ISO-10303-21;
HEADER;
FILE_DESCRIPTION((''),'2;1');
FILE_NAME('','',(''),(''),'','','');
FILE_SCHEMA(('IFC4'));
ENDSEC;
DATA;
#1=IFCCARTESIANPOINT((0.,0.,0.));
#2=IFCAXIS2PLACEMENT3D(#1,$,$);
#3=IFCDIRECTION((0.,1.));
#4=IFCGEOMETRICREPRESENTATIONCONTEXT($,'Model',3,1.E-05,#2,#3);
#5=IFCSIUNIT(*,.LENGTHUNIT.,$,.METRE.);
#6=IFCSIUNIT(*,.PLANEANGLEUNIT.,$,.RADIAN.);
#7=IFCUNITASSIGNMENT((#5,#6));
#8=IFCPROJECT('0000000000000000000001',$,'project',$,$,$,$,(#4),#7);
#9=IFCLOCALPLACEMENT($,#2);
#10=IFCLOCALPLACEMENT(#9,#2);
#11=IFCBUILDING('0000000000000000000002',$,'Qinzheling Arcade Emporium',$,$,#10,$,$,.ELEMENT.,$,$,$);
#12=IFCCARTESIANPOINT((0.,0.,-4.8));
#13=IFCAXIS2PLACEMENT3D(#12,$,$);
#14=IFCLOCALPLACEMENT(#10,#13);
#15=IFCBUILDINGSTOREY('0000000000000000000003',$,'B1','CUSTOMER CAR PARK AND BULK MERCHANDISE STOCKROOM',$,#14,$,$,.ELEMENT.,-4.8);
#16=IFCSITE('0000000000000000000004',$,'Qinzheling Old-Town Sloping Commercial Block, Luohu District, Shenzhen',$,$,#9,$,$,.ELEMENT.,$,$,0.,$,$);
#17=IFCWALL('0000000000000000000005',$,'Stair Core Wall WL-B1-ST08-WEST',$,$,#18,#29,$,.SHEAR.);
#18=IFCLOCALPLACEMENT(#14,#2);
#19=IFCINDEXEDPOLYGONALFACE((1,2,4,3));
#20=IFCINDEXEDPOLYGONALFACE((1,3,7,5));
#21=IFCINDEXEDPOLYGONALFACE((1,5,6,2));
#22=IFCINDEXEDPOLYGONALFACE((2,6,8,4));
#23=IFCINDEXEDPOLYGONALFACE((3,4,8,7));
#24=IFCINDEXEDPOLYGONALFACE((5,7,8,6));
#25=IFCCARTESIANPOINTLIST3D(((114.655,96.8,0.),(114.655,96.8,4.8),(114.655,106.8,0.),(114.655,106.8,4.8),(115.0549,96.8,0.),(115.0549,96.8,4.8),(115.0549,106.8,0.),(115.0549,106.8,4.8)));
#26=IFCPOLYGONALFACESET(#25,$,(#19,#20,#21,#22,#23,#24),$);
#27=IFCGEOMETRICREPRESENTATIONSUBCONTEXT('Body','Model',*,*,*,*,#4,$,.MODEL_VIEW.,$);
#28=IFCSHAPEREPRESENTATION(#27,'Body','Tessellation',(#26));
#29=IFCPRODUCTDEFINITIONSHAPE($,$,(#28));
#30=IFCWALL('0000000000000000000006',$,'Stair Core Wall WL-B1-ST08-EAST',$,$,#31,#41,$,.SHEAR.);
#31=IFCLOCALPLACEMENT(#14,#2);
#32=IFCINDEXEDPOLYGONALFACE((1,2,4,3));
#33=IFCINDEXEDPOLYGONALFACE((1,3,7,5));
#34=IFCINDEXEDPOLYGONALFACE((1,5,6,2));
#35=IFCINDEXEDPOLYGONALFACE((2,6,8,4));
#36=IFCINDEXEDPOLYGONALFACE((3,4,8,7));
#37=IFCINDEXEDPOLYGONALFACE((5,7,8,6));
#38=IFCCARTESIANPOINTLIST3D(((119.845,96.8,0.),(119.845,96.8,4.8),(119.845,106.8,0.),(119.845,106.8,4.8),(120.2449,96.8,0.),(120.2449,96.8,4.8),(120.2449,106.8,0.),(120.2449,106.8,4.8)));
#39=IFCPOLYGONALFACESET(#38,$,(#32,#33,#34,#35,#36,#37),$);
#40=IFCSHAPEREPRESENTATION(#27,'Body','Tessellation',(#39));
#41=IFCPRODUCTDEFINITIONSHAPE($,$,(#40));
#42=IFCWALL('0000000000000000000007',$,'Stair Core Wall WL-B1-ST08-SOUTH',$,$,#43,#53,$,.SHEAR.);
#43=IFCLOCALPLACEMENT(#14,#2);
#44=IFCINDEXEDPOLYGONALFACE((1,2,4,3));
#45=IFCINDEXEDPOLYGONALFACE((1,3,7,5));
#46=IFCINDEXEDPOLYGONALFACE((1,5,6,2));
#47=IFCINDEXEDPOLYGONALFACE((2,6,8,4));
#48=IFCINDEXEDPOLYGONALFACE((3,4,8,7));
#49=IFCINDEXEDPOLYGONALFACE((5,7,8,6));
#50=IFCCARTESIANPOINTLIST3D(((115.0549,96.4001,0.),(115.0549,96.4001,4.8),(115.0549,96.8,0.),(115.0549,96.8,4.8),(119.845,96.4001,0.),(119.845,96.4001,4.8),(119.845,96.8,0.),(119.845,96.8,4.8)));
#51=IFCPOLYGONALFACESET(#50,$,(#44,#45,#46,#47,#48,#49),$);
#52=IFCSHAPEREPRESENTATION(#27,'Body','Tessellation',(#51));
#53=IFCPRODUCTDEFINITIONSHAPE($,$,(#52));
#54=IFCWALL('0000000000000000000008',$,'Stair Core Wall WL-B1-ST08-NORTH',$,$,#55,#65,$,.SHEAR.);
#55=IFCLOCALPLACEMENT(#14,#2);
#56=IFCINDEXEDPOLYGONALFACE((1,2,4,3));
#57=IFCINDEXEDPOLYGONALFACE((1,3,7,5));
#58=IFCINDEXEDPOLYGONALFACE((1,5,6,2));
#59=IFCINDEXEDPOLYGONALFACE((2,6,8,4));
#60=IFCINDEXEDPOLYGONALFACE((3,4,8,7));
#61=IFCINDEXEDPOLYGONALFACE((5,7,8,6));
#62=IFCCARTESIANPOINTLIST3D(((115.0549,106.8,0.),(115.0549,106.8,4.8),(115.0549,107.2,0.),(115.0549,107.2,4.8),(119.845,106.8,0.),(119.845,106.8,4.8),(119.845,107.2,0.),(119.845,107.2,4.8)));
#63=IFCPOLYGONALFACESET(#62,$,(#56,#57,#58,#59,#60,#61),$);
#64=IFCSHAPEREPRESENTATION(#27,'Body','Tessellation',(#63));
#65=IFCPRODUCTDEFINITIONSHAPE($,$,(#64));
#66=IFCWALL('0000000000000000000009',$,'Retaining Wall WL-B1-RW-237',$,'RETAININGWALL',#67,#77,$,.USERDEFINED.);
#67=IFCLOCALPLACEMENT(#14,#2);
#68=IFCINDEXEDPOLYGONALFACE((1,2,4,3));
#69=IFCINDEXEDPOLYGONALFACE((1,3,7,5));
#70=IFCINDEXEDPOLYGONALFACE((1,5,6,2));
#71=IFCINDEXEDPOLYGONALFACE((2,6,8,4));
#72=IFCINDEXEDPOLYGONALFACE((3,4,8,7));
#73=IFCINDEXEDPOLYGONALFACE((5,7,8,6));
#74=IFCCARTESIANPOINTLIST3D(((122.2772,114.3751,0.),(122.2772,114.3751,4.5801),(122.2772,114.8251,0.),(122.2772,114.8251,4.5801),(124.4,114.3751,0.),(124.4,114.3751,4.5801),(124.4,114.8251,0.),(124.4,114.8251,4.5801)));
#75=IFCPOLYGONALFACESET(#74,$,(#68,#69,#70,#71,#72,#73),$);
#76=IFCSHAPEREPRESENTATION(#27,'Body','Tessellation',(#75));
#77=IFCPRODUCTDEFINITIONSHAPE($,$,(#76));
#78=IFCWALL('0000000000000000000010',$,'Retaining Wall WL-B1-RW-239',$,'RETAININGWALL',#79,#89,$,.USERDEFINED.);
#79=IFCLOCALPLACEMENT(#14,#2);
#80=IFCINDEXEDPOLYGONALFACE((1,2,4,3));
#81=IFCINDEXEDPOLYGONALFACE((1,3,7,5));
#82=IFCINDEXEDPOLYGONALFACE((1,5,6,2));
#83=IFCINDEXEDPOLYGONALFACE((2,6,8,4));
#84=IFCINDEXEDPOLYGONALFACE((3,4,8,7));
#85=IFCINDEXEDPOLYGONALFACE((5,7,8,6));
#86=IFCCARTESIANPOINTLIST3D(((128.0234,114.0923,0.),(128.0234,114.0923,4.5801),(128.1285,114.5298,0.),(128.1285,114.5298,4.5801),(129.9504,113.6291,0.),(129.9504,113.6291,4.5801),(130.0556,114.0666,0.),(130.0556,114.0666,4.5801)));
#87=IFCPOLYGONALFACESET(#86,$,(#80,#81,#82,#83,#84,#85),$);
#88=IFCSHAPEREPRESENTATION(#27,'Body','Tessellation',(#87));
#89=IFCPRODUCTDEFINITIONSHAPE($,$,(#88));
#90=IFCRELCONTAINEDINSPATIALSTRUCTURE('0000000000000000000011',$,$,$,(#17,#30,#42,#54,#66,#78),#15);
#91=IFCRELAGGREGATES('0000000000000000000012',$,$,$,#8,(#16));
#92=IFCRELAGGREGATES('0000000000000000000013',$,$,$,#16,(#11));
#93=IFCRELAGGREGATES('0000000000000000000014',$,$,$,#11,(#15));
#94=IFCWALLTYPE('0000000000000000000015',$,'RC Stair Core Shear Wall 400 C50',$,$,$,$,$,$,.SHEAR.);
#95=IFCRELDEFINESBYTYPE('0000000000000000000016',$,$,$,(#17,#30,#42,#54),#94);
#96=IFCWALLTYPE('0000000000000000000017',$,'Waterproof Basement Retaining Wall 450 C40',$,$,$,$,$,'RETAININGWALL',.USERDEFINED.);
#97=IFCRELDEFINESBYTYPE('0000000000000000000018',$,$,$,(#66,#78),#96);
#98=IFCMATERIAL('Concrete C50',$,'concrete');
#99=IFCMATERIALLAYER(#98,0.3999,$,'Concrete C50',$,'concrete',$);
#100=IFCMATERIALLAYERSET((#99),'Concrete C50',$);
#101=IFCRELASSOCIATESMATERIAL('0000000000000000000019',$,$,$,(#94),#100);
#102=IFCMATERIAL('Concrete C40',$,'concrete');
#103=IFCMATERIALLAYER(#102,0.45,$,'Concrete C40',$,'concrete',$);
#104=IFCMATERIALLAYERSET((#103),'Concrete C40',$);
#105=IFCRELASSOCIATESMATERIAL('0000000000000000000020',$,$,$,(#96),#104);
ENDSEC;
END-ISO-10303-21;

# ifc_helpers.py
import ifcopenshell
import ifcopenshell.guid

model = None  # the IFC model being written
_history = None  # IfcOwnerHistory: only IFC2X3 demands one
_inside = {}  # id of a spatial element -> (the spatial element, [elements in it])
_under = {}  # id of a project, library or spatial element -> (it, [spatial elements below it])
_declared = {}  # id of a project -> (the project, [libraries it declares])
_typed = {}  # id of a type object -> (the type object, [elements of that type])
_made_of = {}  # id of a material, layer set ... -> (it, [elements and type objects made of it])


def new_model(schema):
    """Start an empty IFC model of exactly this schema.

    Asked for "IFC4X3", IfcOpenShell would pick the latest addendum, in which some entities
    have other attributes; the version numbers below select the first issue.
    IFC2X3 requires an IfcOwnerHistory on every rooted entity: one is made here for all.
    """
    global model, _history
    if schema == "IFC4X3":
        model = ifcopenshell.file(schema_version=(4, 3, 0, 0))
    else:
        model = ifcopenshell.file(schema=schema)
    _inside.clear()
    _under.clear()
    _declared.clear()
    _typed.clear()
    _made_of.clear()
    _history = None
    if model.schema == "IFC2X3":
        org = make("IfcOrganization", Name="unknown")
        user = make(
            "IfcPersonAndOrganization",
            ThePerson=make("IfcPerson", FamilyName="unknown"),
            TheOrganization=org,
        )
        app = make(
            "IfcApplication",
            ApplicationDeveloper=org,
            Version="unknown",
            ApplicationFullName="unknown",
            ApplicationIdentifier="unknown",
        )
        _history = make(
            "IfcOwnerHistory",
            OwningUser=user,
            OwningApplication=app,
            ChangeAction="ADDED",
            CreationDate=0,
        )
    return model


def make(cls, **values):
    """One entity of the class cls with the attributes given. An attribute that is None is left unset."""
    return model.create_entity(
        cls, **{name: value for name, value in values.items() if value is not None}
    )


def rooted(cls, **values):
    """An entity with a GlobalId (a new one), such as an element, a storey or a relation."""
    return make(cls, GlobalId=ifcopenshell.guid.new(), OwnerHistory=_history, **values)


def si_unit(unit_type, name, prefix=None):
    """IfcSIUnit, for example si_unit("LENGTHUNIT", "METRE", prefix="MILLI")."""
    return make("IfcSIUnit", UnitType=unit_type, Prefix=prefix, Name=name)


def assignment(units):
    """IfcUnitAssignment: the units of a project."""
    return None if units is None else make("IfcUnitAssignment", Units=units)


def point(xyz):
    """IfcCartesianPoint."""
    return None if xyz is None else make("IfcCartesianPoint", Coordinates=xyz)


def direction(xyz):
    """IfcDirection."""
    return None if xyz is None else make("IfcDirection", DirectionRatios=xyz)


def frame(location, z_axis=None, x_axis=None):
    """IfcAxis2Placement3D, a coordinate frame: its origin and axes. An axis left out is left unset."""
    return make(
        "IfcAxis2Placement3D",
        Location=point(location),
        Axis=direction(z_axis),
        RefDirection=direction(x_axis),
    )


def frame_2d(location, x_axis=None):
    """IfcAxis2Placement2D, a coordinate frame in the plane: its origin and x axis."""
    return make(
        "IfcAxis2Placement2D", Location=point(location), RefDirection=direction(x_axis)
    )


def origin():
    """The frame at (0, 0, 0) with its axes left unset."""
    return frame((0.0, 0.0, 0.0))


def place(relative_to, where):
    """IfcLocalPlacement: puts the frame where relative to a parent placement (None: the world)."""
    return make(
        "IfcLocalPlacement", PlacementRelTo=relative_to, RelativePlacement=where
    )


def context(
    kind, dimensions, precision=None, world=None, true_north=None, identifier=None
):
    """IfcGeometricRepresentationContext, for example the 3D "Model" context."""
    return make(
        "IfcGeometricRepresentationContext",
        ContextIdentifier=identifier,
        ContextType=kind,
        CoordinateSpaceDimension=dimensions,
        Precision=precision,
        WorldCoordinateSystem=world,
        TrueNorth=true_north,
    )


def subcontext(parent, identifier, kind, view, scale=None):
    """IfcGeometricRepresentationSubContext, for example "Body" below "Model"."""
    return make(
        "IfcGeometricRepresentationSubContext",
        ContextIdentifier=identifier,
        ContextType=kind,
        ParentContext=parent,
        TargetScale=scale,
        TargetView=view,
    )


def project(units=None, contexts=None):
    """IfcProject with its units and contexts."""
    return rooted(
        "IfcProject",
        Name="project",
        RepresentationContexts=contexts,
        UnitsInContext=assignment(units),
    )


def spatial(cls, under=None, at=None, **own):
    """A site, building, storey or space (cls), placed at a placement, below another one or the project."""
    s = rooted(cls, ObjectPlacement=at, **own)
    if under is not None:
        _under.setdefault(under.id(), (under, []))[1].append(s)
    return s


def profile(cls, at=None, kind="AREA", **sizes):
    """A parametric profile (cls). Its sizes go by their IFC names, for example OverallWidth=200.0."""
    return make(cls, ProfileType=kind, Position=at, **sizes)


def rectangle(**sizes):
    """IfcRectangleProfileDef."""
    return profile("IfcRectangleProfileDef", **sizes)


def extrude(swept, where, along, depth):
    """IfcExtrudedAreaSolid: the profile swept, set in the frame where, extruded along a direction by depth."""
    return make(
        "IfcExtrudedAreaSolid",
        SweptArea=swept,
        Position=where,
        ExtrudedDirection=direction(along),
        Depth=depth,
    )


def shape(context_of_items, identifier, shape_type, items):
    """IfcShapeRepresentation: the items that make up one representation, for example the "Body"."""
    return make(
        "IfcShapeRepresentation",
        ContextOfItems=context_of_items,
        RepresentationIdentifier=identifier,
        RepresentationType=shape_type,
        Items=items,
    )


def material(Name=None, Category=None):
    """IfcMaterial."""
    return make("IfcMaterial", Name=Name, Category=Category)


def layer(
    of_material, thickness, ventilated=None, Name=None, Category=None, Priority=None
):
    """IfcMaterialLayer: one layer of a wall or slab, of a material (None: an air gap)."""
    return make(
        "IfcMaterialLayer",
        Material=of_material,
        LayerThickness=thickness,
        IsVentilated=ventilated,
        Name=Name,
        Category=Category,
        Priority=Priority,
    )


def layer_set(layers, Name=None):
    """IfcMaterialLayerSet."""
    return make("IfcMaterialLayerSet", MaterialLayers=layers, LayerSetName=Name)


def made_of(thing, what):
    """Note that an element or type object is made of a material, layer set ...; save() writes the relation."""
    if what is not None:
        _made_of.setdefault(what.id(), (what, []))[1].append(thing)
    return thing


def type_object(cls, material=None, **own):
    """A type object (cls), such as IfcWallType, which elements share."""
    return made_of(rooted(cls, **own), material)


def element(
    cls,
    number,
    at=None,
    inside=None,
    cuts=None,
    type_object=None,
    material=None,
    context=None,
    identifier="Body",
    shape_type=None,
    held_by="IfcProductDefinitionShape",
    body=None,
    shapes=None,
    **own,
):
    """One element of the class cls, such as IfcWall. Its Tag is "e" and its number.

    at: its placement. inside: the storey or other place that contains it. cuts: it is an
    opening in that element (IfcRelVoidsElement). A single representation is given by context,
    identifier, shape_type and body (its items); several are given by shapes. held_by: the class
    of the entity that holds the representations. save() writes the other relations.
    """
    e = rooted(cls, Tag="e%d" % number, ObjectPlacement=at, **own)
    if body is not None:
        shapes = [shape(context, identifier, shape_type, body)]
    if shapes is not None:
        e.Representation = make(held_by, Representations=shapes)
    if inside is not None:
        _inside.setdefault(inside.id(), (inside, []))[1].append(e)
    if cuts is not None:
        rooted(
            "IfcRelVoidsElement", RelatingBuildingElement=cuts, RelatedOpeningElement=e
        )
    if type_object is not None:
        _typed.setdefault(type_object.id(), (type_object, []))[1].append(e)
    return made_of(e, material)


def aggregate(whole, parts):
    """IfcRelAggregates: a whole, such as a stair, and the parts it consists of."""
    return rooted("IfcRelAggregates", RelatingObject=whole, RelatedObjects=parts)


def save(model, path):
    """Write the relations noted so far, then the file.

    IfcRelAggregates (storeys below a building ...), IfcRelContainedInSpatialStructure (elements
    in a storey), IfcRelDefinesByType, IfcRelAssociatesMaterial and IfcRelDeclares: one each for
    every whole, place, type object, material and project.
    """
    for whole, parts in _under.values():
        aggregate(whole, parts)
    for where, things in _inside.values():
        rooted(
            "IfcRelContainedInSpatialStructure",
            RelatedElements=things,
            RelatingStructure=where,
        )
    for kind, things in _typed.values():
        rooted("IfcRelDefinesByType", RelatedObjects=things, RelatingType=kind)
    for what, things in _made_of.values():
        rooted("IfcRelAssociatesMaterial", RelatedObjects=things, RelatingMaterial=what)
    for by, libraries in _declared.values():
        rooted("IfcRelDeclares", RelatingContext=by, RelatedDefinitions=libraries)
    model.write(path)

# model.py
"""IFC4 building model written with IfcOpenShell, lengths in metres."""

from ifc_helpers import new_model, si_unit, direction, frame, frame_2d, origin, place, context, subcontext, project, spatial, rectangle, extrude, material, layer, layer_set, type_object, element, save


model = new_model("IFC4")

# Units and contexts
model_context = context("Model", 3, precision=1e-05, world=origin(), true_north=direction((0.0, 1.0)))
body_context = subcontext(model_context, "Body", "Model", "MODEL_VIEW")
ifc_project = project(units=[si_unit("LENGTHUNIT", "METRE"), si_unit("PLANEANGLEUNIT", "RADIAN")], contexts=[model_context])

# Site, building, storey
site_placement = place(None, origin())
site = spatial("IfcSite", under=ifc_project, at=site_placement, Name="Qinzheling Old-Town Sloping Commercial Block, Luohu District, Shenzhen", CompositionType="ELEMENT", RefElevation=0.0)
building_placement = place(site_placement, origin())
building = spatial("IfcBuilding", under=site, at=building_placement, Name="Qinzheling Arcade Emporium", CompositionType="ELEMENT")
storey_placement = place(building_placement, frame((0.0, 0.0, -4.8)))
storey = spatial("IfcBuildingStorey", under=building, at=storey_placement, Name="B1", Description="CUSTOMER CAR PARK AND BULK MERCHANDISE STOCKROOM", CompositionType="ELEMENT", Elevation=-4.8)

# Shared definitions
ifc_material_1 = material(Name="Concrete C50", Category="concrete")

# Shared definitions
ifc_material_2 = material(Name="Concrete C40", Category="concrete")

# Walls
ifc_layer_1 = layer(ifc_material_1, 0.3999, Name="Concrete C50", Category="concrete")
ifc_layer_set_1 = layer_set([ifc_layer_1], Name="Concrete C50")
wall_type_1 = type_object("IfcWallType", Name="RC Stair Core Shear Wall 400 C50", PredefinedType="SHEAR", material=ifc_layer_set_1)
for number, where, z_axis, x_axis, name in (
    (1, (114.855, 96.8, 0.0), (0.0, 0.0, 1.0), (0.0, 1.0, 0.0), "Stair Core Wall WL-B1-ST08-WEST"),
    (2, (120.0449, 106.8, 0.0), (0.0, 0.0, 1.0), (0.0, -1.0, 0.0), "Stair Core Wall WL-B1-ST08-EAST"),
):
    element("IfcWall", number, at=place(storey_placement, frame(where, z_axis=z_axis, x_axis=x_axis)), inside=storey, type_object=wall_type_1, Name=name, PredefinedType="SHEAR", context=body_context, shape_type="SweptSolid", body=[
        extrude(rectangle(XDim=10.0, YDim=0.3999, at=frame_2d((5.0, 0.0))), origin(), (0.0, 0.0, 1.0), 4.8),
    ])
for number, where, z_axis, x_axis, name in (
    (3, (119.845, 96.6001, 0.0), (0.0, 0.0, 1.0), (-1.0, 0.0, 0.0), "Stair Core Wall WL-B1-ST08-SOUTH"),
    (4, (115.0549, 107.0, 0.0), (0.0, 0.0, 1.0), (1.0, 0.0, 0.0), "Stair Core Wall WL-B1-ST08-NORTH"),
):
    element("IfcWall", number, at=place(storey_placement, frame(where, z_axis=z_axis, x_axis=x_axis)), inside=storey, type_object=wall_type_1, Name=name, PredefinedType="SHEAR", context=body_context, shape_type="SweptSolid", body=[
        extrude(rectangle(XDim=4.79, YDim=0.3999, at=frame_2d((2.395, 0.0))), origin(), (0.0, 0.0, 1.0), 4.8),
    ])
ifc_layer_2 = layer(ifc_material_2, 0.45, Name="Concrete C40", Category="concrete")
ifc_layer_set_2 = layer_set([ifc_layer_2], Name="Concrete C40")
wall_type_2 = type_object("IfcWallType", Name="Waterproof Basement Retaining Wall 450 C40", ElementType="RETAININGWALL", PredefinedType="USERDEFINED", material=ifc_layer_set_2)
wall_1_placement = place(storey_placement, frame((122.2771, 114.6001, 0.0), z_axis=(0.0, 0.0, 1.0), x_axis=(1.0, 0.0, 0.0)))
element("IfcWall", 5, at=wall_1_placement, inside=storey, type_object=wall_type_2, Name="Retaining Wall WL-B1-RW-237", ObjectType="RETAININGWALL", PredefinedType="USERDEFINED", context=body_context, shape_type="SweptSolid", body=[
    extrude(rectangle(XDim=2.1228, YDim=0.45, at=frame_2d((1.0615, 0.0))), origin(), (0.0, 0.0, 1.0), 4.5801),
])
wall_2_placement = place(storey_placement, frame((128.0759, 114.311, 0.0), z_axis=(0.0, 0.0, 1.0), x_axis=(0.972312, -0.233685, 0.0)))
element("IfcWall", 6, at=wall_2_placement, inside=storey, type_object=wall_type_2, Name="Retaining Wall WL-B1-RW-239", ObjectType="RETAININGWALL", PredefinedType="USERDEFINED", context=body_context, shape_type="SweptSolid", body=[
    extrude(rectangle(XDim=1.9819, YDim=0.45, at=frame_2d((0.991, 0.0))), origin(), (0.0, 0.0, 1.0), 4.5801),
])

save(model, "model.ifc")
